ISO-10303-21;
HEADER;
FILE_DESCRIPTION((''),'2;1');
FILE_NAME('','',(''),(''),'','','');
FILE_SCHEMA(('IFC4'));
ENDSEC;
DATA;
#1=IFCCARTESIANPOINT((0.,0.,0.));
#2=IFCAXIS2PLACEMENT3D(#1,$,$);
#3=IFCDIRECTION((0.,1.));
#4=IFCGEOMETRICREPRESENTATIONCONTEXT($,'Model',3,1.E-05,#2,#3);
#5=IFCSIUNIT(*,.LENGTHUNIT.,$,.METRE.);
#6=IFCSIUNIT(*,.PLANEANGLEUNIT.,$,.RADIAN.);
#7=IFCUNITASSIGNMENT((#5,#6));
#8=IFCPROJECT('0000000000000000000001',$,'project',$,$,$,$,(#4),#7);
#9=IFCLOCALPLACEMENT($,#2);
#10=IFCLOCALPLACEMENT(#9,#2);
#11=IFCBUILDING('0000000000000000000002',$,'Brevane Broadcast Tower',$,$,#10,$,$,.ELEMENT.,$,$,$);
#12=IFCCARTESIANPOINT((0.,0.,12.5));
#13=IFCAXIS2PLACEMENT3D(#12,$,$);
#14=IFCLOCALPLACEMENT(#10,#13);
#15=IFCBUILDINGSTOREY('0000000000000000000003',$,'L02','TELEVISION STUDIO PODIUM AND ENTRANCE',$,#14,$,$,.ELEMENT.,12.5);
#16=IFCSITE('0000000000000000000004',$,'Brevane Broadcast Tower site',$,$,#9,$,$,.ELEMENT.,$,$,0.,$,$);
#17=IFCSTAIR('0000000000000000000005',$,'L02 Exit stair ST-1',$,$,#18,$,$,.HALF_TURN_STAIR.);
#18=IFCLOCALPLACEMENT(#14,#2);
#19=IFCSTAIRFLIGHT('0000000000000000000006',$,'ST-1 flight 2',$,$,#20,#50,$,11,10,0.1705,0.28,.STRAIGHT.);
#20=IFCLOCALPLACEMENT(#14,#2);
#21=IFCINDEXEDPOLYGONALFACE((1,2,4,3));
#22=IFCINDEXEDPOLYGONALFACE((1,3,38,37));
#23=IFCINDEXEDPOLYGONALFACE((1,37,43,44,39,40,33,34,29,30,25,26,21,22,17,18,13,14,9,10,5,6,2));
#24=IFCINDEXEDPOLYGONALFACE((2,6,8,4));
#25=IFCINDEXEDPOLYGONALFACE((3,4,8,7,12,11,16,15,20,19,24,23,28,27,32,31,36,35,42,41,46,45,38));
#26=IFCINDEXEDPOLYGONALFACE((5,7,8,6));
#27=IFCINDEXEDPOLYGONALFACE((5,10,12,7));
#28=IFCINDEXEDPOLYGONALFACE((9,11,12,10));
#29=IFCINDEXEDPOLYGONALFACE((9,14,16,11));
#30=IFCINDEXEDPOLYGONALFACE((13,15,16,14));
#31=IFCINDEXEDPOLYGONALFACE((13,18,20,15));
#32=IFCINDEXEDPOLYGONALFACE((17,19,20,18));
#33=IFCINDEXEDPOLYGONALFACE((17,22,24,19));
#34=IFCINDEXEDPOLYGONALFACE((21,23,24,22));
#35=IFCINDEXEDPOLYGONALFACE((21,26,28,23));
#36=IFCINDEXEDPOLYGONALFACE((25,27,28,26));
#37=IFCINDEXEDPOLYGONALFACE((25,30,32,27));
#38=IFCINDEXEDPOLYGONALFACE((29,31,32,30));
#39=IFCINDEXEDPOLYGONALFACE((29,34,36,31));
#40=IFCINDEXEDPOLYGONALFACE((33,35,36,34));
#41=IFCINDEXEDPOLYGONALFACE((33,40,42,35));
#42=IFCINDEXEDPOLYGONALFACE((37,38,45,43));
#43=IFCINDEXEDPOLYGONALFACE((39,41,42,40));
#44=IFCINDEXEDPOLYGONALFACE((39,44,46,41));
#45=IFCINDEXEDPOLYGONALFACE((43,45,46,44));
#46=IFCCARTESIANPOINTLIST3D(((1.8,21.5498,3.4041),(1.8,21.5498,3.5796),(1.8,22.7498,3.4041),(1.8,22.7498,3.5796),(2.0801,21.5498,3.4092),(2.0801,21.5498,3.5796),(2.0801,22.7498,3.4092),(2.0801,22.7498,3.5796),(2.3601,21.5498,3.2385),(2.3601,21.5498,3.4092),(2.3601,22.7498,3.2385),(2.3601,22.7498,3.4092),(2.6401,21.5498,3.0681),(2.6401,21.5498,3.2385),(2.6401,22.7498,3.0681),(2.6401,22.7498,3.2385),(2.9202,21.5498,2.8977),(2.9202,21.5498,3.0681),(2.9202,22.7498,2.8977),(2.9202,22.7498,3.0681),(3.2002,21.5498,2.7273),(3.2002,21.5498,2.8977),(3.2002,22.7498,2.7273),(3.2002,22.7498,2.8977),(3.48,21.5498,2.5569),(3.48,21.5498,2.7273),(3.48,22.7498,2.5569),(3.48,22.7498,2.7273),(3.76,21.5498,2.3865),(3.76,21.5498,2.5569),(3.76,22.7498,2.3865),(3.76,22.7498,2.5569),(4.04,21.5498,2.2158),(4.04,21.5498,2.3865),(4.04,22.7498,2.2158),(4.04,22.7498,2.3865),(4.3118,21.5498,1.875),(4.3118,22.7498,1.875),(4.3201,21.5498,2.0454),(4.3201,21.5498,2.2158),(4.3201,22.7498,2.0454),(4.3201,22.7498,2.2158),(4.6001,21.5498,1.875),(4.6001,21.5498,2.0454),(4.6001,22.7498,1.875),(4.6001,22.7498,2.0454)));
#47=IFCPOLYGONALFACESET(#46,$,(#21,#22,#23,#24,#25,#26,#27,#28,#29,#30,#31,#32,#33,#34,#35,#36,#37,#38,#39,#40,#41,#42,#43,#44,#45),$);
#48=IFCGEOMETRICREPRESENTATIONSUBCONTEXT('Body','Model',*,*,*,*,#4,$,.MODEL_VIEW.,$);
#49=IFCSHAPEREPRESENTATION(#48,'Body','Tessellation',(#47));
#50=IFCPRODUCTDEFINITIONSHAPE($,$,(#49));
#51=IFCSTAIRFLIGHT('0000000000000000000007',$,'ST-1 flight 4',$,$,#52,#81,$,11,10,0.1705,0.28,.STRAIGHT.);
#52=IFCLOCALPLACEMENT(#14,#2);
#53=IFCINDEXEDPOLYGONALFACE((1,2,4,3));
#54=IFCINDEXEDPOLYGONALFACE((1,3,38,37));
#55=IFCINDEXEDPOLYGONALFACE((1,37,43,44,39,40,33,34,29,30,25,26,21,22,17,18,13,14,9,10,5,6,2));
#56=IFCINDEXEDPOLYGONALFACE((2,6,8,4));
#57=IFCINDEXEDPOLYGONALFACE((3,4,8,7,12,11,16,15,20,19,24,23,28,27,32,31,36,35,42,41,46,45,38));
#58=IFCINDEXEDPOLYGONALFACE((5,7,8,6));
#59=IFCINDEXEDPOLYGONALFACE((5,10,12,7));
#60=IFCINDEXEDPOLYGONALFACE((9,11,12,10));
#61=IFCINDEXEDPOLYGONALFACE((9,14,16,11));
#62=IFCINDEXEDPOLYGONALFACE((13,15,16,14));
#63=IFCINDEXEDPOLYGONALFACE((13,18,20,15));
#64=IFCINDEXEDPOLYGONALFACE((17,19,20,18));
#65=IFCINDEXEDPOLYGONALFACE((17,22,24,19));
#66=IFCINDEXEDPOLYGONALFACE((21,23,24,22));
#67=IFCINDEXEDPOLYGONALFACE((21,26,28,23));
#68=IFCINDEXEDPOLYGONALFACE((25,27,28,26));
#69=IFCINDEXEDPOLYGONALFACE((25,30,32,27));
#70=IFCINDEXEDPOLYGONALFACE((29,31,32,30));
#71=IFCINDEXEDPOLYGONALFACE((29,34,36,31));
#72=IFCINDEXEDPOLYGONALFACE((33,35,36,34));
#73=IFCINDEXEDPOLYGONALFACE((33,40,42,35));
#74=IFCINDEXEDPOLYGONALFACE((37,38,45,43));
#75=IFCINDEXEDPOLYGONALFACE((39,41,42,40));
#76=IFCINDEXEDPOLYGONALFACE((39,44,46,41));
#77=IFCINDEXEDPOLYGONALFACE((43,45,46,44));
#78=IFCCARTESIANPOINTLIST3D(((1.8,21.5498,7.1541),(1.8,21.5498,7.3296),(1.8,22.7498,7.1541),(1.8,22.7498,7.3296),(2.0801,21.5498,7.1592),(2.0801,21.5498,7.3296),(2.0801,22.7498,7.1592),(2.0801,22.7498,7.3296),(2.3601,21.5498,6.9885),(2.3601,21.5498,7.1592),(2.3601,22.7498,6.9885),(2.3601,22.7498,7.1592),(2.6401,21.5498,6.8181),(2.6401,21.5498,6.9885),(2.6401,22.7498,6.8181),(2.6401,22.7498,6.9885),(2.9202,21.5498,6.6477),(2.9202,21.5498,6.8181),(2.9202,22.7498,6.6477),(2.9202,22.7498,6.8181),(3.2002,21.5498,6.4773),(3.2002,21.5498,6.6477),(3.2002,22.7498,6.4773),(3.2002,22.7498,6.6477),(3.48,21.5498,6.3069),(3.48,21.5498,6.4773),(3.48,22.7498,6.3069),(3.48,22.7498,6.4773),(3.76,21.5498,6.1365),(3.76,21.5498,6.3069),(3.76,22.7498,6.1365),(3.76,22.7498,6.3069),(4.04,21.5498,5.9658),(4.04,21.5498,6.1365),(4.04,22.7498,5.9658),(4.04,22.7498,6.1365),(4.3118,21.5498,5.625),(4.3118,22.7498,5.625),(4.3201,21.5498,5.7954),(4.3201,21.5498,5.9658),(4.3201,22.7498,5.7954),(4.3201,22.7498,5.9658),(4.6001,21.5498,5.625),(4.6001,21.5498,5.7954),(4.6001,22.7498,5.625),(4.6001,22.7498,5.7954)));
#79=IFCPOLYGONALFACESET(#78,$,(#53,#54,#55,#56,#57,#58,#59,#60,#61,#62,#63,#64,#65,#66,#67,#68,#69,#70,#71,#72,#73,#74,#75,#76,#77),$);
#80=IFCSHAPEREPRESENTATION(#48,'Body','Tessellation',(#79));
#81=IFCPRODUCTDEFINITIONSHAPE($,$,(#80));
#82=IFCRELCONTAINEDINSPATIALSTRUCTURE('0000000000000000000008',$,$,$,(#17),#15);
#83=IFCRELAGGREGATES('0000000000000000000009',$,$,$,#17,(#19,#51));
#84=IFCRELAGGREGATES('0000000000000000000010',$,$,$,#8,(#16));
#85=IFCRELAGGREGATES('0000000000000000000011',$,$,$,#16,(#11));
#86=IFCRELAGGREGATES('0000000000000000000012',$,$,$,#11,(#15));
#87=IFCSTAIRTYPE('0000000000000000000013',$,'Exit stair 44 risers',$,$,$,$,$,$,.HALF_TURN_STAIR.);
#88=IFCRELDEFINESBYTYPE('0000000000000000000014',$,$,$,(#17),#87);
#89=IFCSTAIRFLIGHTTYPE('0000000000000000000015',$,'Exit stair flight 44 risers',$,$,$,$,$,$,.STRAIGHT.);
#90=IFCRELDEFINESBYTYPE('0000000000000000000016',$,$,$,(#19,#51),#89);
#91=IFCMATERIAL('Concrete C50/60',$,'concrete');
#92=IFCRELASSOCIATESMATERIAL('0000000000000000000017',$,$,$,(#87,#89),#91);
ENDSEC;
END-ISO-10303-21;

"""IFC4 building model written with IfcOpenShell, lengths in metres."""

from ifc_helpers import new_model, si_unit, direction, frame, origin, place, context, subcontext, project, spatial, polyline, outline, extrude, material, type_object, element, aggregate, save


model = new_model("IFC4")

# Units and contexts
model_context = context("Model", 3, precision=1e-05, world=origin(), true_north=direction((0.0, 1.0)))
body_context = subcontext(model_context, "Body", "Model", "MODEL_VIEW")
ifc_project = project(units=[si_unit("LENGTHUNIT", "METRE"), si_unit("PLANEANGLEUNIT", "RADIAN")], contexts=[model_context])

# Site, building, storey
site_placement = place(None, origin())
site = spatial("IfcSite", under=ifc_project, at=site_placement, Name="Brevane Broadcast Tower site", CompositionType="ELEMENT", RefElevation=0.0)
building_placement = place(site_placement, origin())
building = spatial("IfcBuilding", under=site, at=building_placement, Name="Brevane Broadcast Tower", CompositionType="ELEMENT")
storey_placement = place(building_placement, frame((0.0, 0.0, 12.5)))
storey = spatial("IfcBuildingStorey", under=building, at=storey_placement, Name="L02", Description="TELEVISION STUDIO PODIUM AND ENTRANCE", CompositionType="ELEMENT", Elevation=12.5)

# Stair, stair flights
ifc_material_1 = material(Name="Concrete C50/60", Category="concrete")
stair_type = type_object("IfcStairType", Name="Exit stair 44 risers", PredefinedType="HALF_TURN_STAIR", material=ifc_material_1)
stair_placement = place(storey_placement, origin())
stair = element("IfcStair", 1, at=stair_placement, inside=storey, type_object=stair_type, Name="L02 Exit stair ST-1", PredefinedType="HALF_TURN_STAIR")
stair_flight_type = type_object("IfcStairFlightType", Name="Exit stair flight 44 risers", PredefinedType="STRAIGHT", material=ifc_material_1)
stair_flight_1_placement = place(storey_placement, frame((4.6001, 22.1499, 1.875), z_axis=(0.0, 0.0, 1.0), x_axis=(-1.0, 0.0, 0.0)))
stair_flight_1 = element("IfcStairFlight", 2, at=stair_flight_1_placement, type_object=stair_flight_type, Name="ST-1 flight 2", NumberOfRisers=11, NumberOfTreads=10, PredefinedType="STRAIGHT", RiserHeight=0.1705, TreadLength=0.28, context=body_context, shape_type="SweptSolid", body=[
    extrude(outline(polyline([(0.0, 0.0), (0.0, 0.1704), (0.28, 0.1704), (0.28, 0.3408), (0.5601, 0.3408), (0.5601, 0.5115), (0.8401, 0.5115), (0.8401, 0.6819), (1.1201, 0.6819), (1.1201, 0.8523), (1.3999, 0.8523), (1.3999, 1.0227), (1.6799, 1.0227), (1.6799, 1.1931), (1.96, 1.1931), (1.96, 1.3635), (2.24, 1.3635), (2.24, 1.5342), (2.52, 1.5342), (2.52, 1.7046), (2.8, 1.7046), (2.8, 1.875), (2.8, 1.5291), (0.2883, 0.0), (0.0, 0.0)])), frame((0.0, 0.6001, 0.0), z_axis=(0.0, -1.0, 0.0), x_axis=(1.0, 0.0, 0.0)), (0.0, 0.0, 1.0), 1.2),
])
stair_flight_2_placement = place(storey_placement, frame((4.6001, 22.1499, 5.625), z_axis=(0.0, 0.0, 1.0), x_axis=(-1.0, 0.0, 0.0)))
stair_flight_2 = element("IfcStairFlight", 3, at=stair_flight_2_placement, type_object=stair_flight_type, Name="ST-1 flight 4", NumberOfRisers=11, NumberOfTreads=10, PredefinedType="STRAIGHT", RiserHeight=0.1705, TreadLength=0.28, context=body_context, shape_type="SweptSolid", body=[
    extrude(outline(polyline([(0.0, 0.0), (0.0, 0.1704), (0.28, 0.1704), (0.28, 0.3408), (0.5601, 0.3408), (0.5601, 0.5115), (0.8401, 0.5115), (0.8401, 0.6819), (1.1201, 0.6819), (1.1201, 0.8523), (1.3999, 0.8523), (1.3999, 1.0227), (1.6799, 1.0227), (1.6799, 1.1931), (1.96, 1.1931), (1.96, 1.3635), (2.24, 1.3635), (2.24, 1.5342), (2.52, 1.5342), (2.52, 1.7046), (2.8, 1.7046), (2.8, 1.875), (2.8, 1.5291), (0.2883, 0.0), (0.0, 0.0)])), frame((0.0, 0.6001, 0.0), z_axis=(0.0, -1.0, 0.0), x_axis=(1.0, 0.0, 0.0)), (0.0, 0.0, 1.0), 1.2),
])
aggregate(stair, [stair_flight_1, stair_flight_2])

save(model, "model.ifc")
